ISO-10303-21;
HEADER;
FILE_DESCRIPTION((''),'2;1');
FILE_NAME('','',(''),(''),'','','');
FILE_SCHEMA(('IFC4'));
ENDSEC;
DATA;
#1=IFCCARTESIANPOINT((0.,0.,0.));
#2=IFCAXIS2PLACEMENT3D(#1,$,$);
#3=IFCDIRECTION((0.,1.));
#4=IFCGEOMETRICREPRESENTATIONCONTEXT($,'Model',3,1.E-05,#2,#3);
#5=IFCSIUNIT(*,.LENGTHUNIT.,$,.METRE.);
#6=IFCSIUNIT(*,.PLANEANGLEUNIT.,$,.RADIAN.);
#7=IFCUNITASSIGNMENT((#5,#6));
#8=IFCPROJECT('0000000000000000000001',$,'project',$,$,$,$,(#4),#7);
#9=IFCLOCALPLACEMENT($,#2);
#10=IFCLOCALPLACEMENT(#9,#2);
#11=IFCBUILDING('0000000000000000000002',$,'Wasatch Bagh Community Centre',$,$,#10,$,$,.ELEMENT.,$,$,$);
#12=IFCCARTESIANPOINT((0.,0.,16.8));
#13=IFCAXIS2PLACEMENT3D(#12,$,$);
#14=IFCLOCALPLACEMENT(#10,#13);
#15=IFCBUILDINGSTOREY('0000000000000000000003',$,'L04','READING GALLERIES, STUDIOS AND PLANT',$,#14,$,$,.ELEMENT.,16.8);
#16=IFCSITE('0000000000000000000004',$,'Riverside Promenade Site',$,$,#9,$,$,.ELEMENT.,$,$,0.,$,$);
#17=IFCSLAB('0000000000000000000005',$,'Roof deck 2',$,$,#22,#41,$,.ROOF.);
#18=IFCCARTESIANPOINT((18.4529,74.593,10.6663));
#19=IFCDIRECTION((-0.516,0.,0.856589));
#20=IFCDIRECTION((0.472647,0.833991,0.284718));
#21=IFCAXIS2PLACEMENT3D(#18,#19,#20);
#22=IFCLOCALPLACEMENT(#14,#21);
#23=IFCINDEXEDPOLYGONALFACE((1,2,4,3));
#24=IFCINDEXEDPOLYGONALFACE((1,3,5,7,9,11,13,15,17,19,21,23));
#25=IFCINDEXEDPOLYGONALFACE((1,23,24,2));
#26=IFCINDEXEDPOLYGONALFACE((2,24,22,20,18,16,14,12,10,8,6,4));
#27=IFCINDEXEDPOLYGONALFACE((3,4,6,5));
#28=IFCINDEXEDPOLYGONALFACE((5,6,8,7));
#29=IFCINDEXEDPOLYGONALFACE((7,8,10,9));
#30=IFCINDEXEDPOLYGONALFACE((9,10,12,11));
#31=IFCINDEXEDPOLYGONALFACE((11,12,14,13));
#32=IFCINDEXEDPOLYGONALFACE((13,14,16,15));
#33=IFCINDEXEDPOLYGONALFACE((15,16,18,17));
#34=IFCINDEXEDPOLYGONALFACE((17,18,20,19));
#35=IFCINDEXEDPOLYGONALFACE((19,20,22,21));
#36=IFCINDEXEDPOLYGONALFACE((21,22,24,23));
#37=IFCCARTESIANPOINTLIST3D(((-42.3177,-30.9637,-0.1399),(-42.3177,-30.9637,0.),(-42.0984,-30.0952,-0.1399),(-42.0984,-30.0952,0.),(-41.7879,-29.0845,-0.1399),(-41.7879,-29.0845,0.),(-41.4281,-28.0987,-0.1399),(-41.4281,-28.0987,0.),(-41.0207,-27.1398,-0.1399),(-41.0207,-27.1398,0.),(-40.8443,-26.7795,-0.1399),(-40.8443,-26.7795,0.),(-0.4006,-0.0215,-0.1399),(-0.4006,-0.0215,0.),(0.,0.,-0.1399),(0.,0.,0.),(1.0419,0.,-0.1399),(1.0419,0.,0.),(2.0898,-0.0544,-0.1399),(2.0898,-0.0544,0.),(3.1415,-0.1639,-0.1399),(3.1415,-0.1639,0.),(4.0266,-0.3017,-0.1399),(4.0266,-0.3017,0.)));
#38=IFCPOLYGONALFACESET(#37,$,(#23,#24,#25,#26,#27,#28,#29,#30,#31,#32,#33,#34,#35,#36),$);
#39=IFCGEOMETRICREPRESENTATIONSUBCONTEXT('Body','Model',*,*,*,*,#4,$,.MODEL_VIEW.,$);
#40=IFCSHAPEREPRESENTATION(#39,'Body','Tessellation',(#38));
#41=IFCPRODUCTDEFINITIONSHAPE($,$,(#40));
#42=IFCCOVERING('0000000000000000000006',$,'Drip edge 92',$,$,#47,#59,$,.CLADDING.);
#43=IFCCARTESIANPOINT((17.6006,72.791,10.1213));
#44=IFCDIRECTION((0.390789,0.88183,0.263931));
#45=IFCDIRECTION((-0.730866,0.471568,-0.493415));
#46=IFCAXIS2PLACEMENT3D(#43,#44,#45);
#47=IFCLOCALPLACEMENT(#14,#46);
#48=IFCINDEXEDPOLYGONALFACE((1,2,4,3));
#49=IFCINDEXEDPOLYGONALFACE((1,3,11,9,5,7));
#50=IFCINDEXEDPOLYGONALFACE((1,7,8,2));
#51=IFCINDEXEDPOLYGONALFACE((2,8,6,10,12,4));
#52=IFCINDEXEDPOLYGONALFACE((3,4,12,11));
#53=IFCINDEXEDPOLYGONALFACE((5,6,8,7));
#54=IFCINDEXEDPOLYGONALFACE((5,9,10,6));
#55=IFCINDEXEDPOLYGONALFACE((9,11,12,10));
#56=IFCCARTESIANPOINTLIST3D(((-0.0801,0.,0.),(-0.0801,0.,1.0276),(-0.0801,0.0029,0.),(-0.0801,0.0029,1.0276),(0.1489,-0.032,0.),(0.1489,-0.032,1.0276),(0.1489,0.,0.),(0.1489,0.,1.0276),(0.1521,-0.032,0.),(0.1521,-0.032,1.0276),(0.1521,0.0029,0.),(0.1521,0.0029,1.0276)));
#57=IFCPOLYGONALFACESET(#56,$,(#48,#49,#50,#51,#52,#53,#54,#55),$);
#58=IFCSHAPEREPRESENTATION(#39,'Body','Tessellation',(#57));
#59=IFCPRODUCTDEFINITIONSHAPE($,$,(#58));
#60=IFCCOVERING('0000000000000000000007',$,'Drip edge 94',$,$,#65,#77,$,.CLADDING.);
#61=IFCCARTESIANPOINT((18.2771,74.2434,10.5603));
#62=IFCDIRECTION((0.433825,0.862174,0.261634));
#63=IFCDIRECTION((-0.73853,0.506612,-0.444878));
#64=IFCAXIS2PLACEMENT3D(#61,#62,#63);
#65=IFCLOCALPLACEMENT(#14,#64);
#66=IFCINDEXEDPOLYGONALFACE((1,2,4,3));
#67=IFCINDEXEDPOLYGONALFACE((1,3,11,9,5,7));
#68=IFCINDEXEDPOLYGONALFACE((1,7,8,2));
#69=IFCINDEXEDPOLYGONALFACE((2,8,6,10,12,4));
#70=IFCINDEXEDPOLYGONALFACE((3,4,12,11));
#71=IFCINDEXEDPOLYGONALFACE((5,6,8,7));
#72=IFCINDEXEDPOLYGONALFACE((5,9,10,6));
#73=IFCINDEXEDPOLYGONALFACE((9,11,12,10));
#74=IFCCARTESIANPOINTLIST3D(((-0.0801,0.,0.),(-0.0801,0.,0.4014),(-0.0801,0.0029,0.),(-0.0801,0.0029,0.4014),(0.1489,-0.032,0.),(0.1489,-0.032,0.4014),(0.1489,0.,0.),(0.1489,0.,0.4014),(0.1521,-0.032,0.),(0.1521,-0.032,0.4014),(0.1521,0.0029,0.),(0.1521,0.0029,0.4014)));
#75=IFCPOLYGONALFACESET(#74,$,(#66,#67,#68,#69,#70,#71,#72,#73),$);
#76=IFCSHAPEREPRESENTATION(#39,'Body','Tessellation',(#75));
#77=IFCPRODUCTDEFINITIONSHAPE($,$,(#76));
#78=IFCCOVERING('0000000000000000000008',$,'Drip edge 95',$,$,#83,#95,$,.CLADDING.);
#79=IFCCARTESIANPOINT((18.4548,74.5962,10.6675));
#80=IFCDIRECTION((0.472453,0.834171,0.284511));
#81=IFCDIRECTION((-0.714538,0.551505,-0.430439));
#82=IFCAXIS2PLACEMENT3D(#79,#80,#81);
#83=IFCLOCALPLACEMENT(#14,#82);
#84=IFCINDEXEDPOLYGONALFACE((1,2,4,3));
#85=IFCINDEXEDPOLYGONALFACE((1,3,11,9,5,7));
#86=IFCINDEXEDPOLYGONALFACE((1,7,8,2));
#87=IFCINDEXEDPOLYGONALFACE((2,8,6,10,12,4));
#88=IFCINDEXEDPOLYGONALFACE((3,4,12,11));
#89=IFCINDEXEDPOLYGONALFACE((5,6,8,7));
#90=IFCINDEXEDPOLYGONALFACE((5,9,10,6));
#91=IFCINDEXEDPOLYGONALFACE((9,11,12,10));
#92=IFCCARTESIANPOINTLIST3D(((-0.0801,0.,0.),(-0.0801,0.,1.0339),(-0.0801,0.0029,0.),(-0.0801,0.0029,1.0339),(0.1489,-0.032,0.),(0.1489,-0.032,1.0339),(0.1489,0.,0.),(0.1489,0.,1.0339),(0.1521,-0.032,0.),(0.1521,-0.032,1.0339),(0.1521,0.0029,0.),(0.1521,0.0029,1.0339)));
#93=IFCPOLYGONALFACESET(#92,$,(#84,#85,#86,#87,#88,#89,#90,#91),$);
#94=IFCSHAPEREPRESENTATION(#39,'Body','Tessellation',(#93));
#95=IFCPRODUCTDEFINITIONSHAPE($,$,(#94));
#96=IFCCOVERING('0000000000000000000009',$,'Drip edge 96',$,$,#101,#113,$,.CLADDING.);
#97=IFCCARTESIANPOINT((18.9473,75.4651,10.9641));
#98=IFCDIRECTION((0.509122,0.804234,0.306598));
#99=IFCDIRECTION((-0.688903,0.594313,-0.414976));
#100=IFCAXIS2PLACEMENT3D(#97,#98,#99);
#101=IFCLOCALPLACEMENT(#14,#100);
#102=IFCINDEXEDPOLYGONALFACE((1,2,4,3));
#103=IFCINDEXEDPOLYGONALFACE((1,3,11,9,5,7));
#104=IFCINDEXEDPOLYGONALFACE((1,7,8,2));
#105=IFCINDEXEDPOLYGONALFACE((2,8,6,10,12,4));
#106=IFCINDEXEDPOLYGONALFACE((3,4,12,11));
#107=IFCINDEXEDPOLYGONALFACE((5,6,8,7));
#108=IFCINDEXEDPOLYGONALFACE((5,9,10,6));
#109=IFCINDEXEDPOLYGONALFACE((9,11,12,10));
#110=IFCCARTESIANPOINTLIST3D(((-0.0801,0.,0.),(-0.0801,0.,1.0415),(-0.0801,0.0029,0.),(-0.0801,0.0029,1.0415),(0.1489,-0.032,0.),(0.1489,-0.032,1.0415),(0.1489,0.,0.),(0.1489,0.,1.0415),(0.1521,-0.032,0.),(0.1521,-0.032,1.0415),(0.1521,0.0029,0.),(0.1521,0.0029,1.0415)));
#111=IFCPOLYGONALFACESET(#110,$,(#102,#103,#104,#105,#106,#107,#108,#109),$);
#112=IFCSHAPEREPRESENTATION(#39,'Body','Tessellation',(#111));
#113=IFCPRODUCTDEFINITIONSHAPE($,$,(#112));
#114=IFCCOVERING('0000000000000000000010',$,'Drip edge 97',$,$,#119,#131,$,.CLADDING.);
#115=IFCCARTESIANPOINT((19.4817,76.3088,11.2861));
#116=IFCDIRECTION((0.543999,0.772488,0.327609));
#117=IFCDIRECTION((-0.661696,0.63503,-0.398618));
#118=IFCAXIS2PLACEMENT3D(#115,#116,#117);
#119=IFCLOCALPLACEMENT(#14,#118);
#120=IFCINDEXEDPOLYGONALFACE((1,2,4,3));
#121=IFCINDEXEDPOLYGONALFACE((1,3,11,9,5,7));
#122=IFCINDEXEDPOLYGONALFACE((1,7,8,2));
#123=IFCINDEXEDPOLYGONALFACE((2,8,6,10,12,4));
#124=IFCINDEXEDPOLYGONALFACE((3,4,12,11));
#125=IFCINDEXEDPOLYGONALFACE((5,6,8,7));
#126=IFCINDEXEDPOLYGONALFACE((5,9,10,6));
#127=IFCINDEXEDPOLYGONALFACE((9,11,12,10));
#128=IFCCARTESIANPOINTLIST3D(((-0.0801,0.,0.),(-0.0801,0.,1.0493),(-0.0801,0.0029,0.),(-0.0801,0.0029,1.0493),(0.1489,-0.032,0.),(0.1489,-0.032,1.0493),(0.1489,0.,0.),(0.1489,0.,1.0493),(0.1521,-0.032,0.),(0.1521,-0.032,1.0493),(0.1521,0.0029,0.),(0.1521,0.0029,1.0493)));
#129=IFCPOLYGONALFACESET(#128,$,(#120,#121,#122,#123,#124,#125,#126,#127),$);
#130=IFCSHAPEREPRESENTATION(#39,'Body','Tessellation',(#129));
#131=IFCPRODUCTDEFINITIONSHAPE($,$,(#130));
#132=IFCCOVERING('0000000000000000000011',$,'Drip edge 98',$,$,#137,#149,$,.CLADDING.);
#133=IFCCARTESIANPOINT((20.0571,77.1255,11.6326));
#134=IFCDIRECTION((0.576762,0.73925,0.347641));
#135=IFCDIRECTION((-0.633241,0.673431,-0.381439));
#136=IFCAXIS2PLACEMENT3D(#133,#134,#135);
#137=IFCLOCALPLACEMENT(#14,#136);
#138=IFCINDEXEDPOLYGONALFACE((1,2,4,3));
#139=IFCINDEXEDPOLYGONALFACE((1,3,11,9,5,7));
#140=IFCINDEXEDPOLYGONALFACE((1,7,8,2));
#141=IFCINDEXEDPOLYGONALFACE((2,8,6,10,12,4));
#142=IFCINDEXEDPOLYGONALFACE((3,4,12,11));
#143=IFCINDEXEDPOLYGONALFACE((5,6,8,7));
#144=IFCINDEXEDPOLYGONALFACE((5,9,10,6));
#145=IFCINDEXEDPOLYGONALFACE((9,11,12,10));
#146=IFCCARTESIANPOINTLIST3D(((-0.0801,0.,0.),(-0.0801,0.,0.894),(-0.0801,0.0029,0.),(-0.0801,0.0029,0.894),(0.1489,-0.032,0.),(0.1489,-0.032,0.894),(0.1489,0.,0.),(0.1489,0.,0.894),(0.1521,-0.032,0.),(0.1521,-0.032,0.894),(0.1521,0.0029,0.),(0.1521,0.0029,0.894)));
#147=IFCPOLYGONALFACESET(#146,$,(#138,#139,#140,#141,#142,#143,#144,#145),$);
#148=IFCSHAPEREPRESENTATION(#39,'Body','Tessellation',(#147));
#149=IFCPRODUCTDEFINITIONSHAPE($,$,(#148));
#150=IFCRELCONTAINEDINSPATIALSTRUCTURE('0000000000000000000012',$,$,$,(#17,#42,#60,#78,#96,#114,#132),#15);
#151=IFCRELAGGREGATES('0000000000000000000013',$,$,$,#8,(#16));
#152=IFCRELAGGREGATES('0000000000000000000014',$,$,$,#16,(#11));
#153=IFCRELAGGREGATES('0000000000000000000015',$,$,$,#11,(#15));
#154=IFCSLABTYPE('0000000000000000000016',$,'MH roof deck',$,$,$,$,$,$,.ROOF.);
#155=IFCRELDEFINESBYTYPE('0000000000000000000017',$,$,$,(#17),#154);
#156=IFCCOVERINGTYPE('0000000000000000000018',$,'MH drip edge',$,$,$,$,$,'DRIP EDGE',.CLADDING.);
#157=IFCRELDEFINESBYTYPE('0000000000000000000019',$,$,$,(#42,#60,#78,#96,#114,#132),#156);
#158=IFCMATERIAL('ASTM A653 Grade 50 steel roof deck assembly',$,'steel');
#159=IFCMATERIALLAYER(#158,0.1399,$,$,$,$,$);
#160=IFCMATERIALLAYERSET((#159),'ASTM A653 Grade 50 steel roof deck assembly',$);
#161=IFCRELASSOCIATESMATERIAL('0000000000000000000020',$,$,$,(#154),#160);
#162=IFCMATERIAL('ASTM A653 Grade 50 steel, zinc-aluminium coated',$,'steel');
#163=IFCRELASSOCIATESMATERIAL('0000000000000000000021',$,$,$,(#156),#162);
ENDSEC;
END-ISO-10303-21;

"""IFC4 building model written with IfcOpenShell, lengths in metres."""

from ifc_helpers import new_model, si_unit, direction, frame, origin, place, context, subcontext, project, spatial, polyline, outline, extrude, material, layer, layer_set, material_profile, profile_set, type_object, element, save


model = new_model("IFC4")

# Units and contexts
model_context = context("Model", 3, precision=1e-05, world=origin(), true_north=direction((0.0, 1.0)))
body_context = subcontext(model_context, "Body", "Model", "MODEL_VIEW")
ifc_project = project(units=[si_unit("LENGTHUNIT", "METRE"), si_unit("PLANEANGLEUNIT", "RADIAN")], contexts=[model_context])

# Site, building, storey
site_placement = place(None, origin())
site = spatial("IfcSite", under=ifc_project, at=site_placement, Name="Riverside Promenade Site", CompositionType="ELEMENT", RefElevation=0.0)
building_placement = place(site_placement, origin())
building = spatial("IfcBuilding", under=site, at=building_placement, Name="Wasatch Bagh Community Centre", CompositionType="ELEMENT")
storey_placement = place(building_placement, frame((0.0, 0.0, 16.8)))
storey = spatial("IfcBuildingStorey", under=building, at=storey_placement, Name="L04", Description="READING GALLERIES, STUDIOS AND PLANT", CompositionType="ELEMENT", Elevation=16.8)

# Slab
ifc_material_1 = material(Name="ASTM A653 Grade 50 steel roof deck assembly", Category="steel")
ifc_layer = layer(ifc_material_1, 0.1399)
ifc_layer_set = layer_set([ifc_layer], Name="ASTM A653 Grade 50 steel roof deck assembly")
slab_type = type_object("IfcSlabType", Name="MH roof deck", PredefinedType="ROOF", material=ifc_layer_set)
slab_placement = place(storey_placement, frame((18.4529, 74.593, 10.6663), z_axis=(-0.516, 0.0, 0.856589), x_axis=(0.472647, 0.833991, 0.284718)))
element("IfcSlab", 1, at=slab_placement, inside=storey, type_object=slab_type, Name="Roof deck 2", PredefinedType="ROOF", context=body_context, shape_type="SweptSolid", body=[
    extrude(outline(polyline([(0.0, 0.0), (1.0419, 0.0), (2.0898, -0.0544), (3.1415, -0.1639), (4.0266, -0.3017), (-42.3177, -30.9637), (-42.0984, -30.0952), (-41.7879, -29.0845), (-41.4281, -28.0987), (-41.0207, -27.1398), (-40.8443, -26.7795), (-0.4006, -0.0215), (0.0, 0.0)])), origin(), (0.0, 0.0, -1.0), 0.1399),
])

# Coverings
ifc_material_2 = material(Name="ASTM A653 Grade 50 steel, zinc-aluminium coated", Category="steel")
ifc_material_profile_1 = material_profile(ifc_material_2, outline(polyline([(-0.0801, 0.0029), (0.1521, 0.0029), (0.1521, -0.032), (0.1489, -0.032), (0.1489, 0.0), (-0.0801, 0.0), (-0.0801, 0.0029)])), Name="DRIP EDGE")
ifc_profile_set_1 = profile_set([ifc_material_profile_1], Name="ASTM A653 Grade 50 steel, zinc-aluminium coated")
covering_type_1 = type_object("IfcCoveringType", Name="MH drip edge", ElementType="DRIP EDGE", PredefinedType="CLADDING", material=ifc_profile_set_1)
covering_1_placement = place(storey_placement, frame((17.6006, 72.791, 10.1213), z_axis=(0.390789, 0.88183, 0.263931), x_axis=(-0.730866, 0.471568, -0.493415)))
element("IfcCovering", 2, at=covering_1_placement, inside=storey, type_object=covering_type_1, Name="Drip edge 92", PredefinedType="CLADDING", context=body_context, shape_type="SweptSolid", body=[
    extrude(outline(polyline([(-0.0801, 0.0029), (0.1521, 0.0029), (0.1521, -0.032), (0.1489, -0.032), (0.1489, 0.0), (-0.0801, 0.0), (-0.0801, 0.0029)])), origin(), (0.0, 0.0, 1.0), 1.0276),
])
covering_2_placement = place(storey_placement, frame((18.2771, 74.2434, 10.5603), z_axis=(0.433825, 0.862174, 0.261634), x_axis=(-0.73853, 0.506612, -0.444878)))
element("IfcCovering", 3, at=covering_2_placement, inside=storey, type_object=covering_type_1, Name="Drip edge 94", PredefinedType="CLADDING", context=body_context, shape_type="SweptSolid", body=[
    extrude(outline(polyline([(-0.0801, 0.0029), (0.1521, 0.0029), (0.1521, -0.032), (0.1489, -0.032), (0.1489, 0.0), (-0.0801, 0.0), (-0.0801, 0.0029)])), origin(), (0.0, 0.0, 1.0), 0.4014),
])
covering_3_placement = place(storey_placement, frame((18.4548, 74.5962, 10.6675), z_axis=(0.472453, 0.834171, 0.284511), x_axis=(-0.714538, 0.551505, -0.430439)))
element("IfcCovering", 4, at=covering_3_placement, inside=storey, type_object=covering_type_1, Name="Drip edge 95", PredefinedType="CLADDING", context=body_context, shape_type="SweptSolid", body=[
    extrude(outline(polyline([(-0.0801, 0.0029), (0.1521, 0.0029), (0.1521, -0.032), (0.1489, -0.032), (0.1489, 0.0), (-0.0801, 0.0), (-0.0801, 0.0029)])), origin(), (0.0, 0.0, 1.0), 1.0339),
])
covering_4_placement = place(storey_placement, frame((18.9473, 75.4651, 10.9641), z_axis=(0.509122, 0.804234, 0.306598), x_axis=(-0.688903, 0.594313, -0.414976)))
element("IfcCovering", 5, at=covering_4_placement, inside=storey, type_object=covering_type_1, Name="Drip edge 96", PredefinedType="CLADDING", context=body_context, shape_type="SweptSolid", body=[
    extrude(outline(polyline([(-0.0801, 0.0029), (0.1521, 0.0029), (0.1521, -0.032), (0.1489, -0.032), (0.1489, 0.0), (-0.0801, 0.0), (-0.0801, 0.0029)])), origin(), (0.0, 0.0, 1.0), 1.0415),
])
covering_5_placement = place(storey_placement, frame((19.4817, 76.3088, 11.2861), z_axis=(0.543999, 0.772488, 0.327609), x_axis=(-0.661696, 0.63503, -0.398618)))
element("IfcCovering", 6, at=covering_5_placement, inside=storey, type_object=covering_type_1, Name="Drip edge 97", PredefinedType="CLADDING", context=body_context, shape_type="SweptSolid", body=[
    extrude(outline(polyline([(-0.0801, 0.0029), (0.1521, 0.0029), (0.1521, -0.032), (0.1489, -0.032), (0.1489, 0.0), (-0.0801, 0.0), (-0.0801, 0.0029)])), origin(), (0.0, 0.0, 1.0), 1.0493),
])
covering_6_placement = place(storey_placement, frame((20.0571, 77.1255, 11.6326), z_axis=(0.576762, 0.73925, 0.347641), x_axis=(-0.633241, 0.673431, -0.381439)))
element("IfcCovering", 7, at=covering_6_placement, inside=storey, type_object=covering_type_1, Name="Drip edge 98", PredefinedType="CLADDING", context=body_context, shape_type="SweptSolid", body=[
    extrude(outline(polyline([(-0.0801, 0.0029), (0.1521, 0.0029), (0.1521, -0.032), (0.1489, -0.032), (0.1489, 0.0), (-0.0801, 0.0), (-0.0801, 0.0029)])), origin(), (0.0, 0.0, 1.0), 0.894),
])

save(model, "model.ifc")
